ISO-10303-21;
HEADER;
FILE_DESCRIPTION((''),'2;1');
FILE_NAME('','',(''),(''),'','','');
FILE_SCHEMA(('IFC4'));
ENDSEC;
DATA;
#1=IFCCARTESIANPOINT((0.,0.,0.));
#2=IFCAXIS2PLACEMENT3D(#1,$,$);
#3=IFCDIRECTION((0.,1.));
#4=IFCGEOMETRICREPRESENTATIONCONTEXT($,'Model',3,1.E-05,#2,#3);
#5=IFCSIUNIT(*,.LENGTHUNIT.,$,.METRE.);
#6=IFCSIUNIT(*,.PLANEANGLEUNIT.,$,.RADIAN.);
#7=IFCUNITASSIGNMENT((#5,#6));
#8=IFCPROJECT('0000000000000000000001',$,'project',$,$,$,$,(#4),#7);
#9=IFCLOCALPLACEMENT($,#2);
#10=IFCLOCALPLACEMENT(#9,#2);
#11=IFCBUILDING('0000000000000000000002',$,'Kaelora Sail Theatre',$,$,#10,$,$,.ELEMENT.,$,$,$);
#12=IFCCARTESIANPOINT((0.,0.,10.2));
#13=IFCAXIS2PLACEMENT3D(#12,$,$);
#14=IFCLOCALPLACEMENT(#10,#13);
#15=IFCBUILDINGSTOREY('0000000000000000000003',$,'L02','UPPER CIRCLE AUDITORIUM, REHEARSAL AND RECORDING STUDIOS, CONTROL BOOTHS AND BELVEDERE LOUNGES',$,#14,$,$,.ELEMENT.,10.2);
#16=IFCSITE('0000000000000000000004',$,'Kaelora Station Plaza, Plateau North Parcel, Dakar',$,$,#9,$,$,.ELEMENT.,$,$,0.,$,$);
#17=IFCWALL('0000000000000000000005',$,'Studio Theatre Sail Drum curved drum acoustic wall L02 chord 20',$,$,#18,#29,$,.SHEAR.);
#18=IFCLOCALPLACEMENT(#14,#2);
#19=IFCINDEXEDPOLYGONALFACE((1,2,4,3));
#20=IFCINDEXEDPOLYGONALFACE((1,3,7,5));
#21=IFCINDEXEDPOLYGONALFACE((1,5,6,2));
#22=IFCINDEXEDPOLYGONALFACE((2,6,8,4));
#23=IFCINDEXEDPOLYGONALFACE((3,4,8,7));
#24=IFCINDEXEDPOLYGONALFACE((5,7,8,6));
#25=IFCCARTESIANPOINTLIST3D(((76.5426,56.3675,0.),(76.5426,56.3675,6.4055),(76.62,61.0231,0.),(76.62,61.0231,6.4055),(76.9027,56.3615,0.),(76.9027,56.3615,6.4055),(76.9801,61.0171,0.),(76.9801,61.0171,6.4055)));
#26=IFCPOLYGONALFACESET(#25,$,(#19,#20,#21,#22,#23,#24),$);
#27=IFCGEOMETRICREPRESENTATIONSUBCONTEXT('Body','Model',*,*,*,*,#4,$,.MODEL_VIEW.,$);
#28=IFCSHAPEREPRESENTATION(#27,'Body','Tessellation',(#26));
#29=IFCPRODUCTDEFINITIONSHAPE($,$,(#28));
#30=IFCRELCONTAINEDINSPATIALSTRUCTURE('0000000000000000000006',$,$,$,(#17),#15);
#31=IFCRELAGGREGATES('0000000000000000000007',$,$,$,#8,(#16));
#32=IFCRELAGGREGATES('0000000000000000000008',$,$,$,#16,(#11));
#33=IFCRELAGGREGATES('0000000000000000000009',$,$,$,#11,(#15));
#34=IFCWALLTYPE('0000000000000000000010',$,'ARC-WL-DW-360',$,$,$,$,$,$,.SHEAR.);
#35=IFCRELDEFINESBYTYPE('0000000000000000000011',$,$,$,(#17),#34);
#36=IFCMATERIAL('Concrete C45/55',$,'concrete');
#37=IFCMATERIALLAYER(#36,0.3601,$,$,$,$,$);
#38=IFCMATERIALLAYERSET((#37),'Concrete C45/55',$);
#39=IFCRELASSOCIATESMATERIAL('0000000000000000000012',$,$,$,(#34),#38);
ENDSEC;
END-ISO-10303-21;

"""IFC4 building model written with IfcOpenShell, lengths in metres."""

from ifc_helpers import new_model, si_unit, direction, frame, frame_2d, origin, place, context, subcontext, project, spatial, rectangle, extrude, material, layer, layer_set, type_object, element, save


model = new_model("IFC4")

# Units and contexts
model_context = context("Model", 3, precision=1e-05, world=origin(), true_north=direction((0.0, 1.0)))
body_context = subcontext(model_context, "Body", "Model", "MODEL_VIEW")
ifc_project = project(units=[si_unit("LENGTHUNIT", "METRE"), si_unit("PLANEANGLEUNIT", "RADIAN")], contexts=[model_context])

# Site, building, storey
site_placement = place(None, origin())
site = spatial("IfcSite", under=ifc_project, at=site_placement, Name="Kaelora Station Plaza, Plateau North Parcel, Dakar", CompositionType="ELEMENT", RefElevation=0.0)
building_placement = place(site_placement, origin())
building = spatial("IfcBuilding", under=site, at=building_placement, Name="Kaelora Sail Theatre", CompositionType="ELEMENT")
storey_placement = place(building_placement, frame((0.0, 0.0, 10.2)))
storey = spatial("IfcBuildingStorey", under=building, at=storey_placement, Name="L02", Description="UPPER CIRCLE AUDITORIUM, REHEARSAL AND RECORDING STUDIOS, CONTROL BOOTHS AND BELVEDERE LOUNGES", CompositionType="ELEMENT", Elevation=10.2)

# Wall
ifc_material_1 = material(Name="Concrete C45/55", Category="concrete")
ifc_layer_1 = layer(ifc_material_1, 0.3601)
ifc_layer_set_1 = layer_set([ifc_layer_1], Name="Concrete C45/55")
wall_type = type_object("IfcWallType", Name="ARC-WL-DW-360", PredefinedType="SHEAR", material=ifc_layer_set_1)
wall_placement = place(storey_placement, frame((76.7227, 56.3645, 0.0), z_axis=(0.0, 0.0, 1.0), x_axis=(0.016622, 0.999862, 0.0)))
element("IfcWall", 1, at=wall_placement, inside=storey, type_object=wall_type, Name="Studio Theatre Sail Drum curved drum acoustic wall L02 chord 20", PredefinedType="SHEAR", context=body_context, shape_type="SweptSolid", body=[
    extrude(rectangle(XDim=4.6562, YDim=0.3601, at=frame_2d((2.3281, 0.0))), origin(), (0.0, 0.0, 1.0), 6.4055),
])

save(model, "model.ifc")
